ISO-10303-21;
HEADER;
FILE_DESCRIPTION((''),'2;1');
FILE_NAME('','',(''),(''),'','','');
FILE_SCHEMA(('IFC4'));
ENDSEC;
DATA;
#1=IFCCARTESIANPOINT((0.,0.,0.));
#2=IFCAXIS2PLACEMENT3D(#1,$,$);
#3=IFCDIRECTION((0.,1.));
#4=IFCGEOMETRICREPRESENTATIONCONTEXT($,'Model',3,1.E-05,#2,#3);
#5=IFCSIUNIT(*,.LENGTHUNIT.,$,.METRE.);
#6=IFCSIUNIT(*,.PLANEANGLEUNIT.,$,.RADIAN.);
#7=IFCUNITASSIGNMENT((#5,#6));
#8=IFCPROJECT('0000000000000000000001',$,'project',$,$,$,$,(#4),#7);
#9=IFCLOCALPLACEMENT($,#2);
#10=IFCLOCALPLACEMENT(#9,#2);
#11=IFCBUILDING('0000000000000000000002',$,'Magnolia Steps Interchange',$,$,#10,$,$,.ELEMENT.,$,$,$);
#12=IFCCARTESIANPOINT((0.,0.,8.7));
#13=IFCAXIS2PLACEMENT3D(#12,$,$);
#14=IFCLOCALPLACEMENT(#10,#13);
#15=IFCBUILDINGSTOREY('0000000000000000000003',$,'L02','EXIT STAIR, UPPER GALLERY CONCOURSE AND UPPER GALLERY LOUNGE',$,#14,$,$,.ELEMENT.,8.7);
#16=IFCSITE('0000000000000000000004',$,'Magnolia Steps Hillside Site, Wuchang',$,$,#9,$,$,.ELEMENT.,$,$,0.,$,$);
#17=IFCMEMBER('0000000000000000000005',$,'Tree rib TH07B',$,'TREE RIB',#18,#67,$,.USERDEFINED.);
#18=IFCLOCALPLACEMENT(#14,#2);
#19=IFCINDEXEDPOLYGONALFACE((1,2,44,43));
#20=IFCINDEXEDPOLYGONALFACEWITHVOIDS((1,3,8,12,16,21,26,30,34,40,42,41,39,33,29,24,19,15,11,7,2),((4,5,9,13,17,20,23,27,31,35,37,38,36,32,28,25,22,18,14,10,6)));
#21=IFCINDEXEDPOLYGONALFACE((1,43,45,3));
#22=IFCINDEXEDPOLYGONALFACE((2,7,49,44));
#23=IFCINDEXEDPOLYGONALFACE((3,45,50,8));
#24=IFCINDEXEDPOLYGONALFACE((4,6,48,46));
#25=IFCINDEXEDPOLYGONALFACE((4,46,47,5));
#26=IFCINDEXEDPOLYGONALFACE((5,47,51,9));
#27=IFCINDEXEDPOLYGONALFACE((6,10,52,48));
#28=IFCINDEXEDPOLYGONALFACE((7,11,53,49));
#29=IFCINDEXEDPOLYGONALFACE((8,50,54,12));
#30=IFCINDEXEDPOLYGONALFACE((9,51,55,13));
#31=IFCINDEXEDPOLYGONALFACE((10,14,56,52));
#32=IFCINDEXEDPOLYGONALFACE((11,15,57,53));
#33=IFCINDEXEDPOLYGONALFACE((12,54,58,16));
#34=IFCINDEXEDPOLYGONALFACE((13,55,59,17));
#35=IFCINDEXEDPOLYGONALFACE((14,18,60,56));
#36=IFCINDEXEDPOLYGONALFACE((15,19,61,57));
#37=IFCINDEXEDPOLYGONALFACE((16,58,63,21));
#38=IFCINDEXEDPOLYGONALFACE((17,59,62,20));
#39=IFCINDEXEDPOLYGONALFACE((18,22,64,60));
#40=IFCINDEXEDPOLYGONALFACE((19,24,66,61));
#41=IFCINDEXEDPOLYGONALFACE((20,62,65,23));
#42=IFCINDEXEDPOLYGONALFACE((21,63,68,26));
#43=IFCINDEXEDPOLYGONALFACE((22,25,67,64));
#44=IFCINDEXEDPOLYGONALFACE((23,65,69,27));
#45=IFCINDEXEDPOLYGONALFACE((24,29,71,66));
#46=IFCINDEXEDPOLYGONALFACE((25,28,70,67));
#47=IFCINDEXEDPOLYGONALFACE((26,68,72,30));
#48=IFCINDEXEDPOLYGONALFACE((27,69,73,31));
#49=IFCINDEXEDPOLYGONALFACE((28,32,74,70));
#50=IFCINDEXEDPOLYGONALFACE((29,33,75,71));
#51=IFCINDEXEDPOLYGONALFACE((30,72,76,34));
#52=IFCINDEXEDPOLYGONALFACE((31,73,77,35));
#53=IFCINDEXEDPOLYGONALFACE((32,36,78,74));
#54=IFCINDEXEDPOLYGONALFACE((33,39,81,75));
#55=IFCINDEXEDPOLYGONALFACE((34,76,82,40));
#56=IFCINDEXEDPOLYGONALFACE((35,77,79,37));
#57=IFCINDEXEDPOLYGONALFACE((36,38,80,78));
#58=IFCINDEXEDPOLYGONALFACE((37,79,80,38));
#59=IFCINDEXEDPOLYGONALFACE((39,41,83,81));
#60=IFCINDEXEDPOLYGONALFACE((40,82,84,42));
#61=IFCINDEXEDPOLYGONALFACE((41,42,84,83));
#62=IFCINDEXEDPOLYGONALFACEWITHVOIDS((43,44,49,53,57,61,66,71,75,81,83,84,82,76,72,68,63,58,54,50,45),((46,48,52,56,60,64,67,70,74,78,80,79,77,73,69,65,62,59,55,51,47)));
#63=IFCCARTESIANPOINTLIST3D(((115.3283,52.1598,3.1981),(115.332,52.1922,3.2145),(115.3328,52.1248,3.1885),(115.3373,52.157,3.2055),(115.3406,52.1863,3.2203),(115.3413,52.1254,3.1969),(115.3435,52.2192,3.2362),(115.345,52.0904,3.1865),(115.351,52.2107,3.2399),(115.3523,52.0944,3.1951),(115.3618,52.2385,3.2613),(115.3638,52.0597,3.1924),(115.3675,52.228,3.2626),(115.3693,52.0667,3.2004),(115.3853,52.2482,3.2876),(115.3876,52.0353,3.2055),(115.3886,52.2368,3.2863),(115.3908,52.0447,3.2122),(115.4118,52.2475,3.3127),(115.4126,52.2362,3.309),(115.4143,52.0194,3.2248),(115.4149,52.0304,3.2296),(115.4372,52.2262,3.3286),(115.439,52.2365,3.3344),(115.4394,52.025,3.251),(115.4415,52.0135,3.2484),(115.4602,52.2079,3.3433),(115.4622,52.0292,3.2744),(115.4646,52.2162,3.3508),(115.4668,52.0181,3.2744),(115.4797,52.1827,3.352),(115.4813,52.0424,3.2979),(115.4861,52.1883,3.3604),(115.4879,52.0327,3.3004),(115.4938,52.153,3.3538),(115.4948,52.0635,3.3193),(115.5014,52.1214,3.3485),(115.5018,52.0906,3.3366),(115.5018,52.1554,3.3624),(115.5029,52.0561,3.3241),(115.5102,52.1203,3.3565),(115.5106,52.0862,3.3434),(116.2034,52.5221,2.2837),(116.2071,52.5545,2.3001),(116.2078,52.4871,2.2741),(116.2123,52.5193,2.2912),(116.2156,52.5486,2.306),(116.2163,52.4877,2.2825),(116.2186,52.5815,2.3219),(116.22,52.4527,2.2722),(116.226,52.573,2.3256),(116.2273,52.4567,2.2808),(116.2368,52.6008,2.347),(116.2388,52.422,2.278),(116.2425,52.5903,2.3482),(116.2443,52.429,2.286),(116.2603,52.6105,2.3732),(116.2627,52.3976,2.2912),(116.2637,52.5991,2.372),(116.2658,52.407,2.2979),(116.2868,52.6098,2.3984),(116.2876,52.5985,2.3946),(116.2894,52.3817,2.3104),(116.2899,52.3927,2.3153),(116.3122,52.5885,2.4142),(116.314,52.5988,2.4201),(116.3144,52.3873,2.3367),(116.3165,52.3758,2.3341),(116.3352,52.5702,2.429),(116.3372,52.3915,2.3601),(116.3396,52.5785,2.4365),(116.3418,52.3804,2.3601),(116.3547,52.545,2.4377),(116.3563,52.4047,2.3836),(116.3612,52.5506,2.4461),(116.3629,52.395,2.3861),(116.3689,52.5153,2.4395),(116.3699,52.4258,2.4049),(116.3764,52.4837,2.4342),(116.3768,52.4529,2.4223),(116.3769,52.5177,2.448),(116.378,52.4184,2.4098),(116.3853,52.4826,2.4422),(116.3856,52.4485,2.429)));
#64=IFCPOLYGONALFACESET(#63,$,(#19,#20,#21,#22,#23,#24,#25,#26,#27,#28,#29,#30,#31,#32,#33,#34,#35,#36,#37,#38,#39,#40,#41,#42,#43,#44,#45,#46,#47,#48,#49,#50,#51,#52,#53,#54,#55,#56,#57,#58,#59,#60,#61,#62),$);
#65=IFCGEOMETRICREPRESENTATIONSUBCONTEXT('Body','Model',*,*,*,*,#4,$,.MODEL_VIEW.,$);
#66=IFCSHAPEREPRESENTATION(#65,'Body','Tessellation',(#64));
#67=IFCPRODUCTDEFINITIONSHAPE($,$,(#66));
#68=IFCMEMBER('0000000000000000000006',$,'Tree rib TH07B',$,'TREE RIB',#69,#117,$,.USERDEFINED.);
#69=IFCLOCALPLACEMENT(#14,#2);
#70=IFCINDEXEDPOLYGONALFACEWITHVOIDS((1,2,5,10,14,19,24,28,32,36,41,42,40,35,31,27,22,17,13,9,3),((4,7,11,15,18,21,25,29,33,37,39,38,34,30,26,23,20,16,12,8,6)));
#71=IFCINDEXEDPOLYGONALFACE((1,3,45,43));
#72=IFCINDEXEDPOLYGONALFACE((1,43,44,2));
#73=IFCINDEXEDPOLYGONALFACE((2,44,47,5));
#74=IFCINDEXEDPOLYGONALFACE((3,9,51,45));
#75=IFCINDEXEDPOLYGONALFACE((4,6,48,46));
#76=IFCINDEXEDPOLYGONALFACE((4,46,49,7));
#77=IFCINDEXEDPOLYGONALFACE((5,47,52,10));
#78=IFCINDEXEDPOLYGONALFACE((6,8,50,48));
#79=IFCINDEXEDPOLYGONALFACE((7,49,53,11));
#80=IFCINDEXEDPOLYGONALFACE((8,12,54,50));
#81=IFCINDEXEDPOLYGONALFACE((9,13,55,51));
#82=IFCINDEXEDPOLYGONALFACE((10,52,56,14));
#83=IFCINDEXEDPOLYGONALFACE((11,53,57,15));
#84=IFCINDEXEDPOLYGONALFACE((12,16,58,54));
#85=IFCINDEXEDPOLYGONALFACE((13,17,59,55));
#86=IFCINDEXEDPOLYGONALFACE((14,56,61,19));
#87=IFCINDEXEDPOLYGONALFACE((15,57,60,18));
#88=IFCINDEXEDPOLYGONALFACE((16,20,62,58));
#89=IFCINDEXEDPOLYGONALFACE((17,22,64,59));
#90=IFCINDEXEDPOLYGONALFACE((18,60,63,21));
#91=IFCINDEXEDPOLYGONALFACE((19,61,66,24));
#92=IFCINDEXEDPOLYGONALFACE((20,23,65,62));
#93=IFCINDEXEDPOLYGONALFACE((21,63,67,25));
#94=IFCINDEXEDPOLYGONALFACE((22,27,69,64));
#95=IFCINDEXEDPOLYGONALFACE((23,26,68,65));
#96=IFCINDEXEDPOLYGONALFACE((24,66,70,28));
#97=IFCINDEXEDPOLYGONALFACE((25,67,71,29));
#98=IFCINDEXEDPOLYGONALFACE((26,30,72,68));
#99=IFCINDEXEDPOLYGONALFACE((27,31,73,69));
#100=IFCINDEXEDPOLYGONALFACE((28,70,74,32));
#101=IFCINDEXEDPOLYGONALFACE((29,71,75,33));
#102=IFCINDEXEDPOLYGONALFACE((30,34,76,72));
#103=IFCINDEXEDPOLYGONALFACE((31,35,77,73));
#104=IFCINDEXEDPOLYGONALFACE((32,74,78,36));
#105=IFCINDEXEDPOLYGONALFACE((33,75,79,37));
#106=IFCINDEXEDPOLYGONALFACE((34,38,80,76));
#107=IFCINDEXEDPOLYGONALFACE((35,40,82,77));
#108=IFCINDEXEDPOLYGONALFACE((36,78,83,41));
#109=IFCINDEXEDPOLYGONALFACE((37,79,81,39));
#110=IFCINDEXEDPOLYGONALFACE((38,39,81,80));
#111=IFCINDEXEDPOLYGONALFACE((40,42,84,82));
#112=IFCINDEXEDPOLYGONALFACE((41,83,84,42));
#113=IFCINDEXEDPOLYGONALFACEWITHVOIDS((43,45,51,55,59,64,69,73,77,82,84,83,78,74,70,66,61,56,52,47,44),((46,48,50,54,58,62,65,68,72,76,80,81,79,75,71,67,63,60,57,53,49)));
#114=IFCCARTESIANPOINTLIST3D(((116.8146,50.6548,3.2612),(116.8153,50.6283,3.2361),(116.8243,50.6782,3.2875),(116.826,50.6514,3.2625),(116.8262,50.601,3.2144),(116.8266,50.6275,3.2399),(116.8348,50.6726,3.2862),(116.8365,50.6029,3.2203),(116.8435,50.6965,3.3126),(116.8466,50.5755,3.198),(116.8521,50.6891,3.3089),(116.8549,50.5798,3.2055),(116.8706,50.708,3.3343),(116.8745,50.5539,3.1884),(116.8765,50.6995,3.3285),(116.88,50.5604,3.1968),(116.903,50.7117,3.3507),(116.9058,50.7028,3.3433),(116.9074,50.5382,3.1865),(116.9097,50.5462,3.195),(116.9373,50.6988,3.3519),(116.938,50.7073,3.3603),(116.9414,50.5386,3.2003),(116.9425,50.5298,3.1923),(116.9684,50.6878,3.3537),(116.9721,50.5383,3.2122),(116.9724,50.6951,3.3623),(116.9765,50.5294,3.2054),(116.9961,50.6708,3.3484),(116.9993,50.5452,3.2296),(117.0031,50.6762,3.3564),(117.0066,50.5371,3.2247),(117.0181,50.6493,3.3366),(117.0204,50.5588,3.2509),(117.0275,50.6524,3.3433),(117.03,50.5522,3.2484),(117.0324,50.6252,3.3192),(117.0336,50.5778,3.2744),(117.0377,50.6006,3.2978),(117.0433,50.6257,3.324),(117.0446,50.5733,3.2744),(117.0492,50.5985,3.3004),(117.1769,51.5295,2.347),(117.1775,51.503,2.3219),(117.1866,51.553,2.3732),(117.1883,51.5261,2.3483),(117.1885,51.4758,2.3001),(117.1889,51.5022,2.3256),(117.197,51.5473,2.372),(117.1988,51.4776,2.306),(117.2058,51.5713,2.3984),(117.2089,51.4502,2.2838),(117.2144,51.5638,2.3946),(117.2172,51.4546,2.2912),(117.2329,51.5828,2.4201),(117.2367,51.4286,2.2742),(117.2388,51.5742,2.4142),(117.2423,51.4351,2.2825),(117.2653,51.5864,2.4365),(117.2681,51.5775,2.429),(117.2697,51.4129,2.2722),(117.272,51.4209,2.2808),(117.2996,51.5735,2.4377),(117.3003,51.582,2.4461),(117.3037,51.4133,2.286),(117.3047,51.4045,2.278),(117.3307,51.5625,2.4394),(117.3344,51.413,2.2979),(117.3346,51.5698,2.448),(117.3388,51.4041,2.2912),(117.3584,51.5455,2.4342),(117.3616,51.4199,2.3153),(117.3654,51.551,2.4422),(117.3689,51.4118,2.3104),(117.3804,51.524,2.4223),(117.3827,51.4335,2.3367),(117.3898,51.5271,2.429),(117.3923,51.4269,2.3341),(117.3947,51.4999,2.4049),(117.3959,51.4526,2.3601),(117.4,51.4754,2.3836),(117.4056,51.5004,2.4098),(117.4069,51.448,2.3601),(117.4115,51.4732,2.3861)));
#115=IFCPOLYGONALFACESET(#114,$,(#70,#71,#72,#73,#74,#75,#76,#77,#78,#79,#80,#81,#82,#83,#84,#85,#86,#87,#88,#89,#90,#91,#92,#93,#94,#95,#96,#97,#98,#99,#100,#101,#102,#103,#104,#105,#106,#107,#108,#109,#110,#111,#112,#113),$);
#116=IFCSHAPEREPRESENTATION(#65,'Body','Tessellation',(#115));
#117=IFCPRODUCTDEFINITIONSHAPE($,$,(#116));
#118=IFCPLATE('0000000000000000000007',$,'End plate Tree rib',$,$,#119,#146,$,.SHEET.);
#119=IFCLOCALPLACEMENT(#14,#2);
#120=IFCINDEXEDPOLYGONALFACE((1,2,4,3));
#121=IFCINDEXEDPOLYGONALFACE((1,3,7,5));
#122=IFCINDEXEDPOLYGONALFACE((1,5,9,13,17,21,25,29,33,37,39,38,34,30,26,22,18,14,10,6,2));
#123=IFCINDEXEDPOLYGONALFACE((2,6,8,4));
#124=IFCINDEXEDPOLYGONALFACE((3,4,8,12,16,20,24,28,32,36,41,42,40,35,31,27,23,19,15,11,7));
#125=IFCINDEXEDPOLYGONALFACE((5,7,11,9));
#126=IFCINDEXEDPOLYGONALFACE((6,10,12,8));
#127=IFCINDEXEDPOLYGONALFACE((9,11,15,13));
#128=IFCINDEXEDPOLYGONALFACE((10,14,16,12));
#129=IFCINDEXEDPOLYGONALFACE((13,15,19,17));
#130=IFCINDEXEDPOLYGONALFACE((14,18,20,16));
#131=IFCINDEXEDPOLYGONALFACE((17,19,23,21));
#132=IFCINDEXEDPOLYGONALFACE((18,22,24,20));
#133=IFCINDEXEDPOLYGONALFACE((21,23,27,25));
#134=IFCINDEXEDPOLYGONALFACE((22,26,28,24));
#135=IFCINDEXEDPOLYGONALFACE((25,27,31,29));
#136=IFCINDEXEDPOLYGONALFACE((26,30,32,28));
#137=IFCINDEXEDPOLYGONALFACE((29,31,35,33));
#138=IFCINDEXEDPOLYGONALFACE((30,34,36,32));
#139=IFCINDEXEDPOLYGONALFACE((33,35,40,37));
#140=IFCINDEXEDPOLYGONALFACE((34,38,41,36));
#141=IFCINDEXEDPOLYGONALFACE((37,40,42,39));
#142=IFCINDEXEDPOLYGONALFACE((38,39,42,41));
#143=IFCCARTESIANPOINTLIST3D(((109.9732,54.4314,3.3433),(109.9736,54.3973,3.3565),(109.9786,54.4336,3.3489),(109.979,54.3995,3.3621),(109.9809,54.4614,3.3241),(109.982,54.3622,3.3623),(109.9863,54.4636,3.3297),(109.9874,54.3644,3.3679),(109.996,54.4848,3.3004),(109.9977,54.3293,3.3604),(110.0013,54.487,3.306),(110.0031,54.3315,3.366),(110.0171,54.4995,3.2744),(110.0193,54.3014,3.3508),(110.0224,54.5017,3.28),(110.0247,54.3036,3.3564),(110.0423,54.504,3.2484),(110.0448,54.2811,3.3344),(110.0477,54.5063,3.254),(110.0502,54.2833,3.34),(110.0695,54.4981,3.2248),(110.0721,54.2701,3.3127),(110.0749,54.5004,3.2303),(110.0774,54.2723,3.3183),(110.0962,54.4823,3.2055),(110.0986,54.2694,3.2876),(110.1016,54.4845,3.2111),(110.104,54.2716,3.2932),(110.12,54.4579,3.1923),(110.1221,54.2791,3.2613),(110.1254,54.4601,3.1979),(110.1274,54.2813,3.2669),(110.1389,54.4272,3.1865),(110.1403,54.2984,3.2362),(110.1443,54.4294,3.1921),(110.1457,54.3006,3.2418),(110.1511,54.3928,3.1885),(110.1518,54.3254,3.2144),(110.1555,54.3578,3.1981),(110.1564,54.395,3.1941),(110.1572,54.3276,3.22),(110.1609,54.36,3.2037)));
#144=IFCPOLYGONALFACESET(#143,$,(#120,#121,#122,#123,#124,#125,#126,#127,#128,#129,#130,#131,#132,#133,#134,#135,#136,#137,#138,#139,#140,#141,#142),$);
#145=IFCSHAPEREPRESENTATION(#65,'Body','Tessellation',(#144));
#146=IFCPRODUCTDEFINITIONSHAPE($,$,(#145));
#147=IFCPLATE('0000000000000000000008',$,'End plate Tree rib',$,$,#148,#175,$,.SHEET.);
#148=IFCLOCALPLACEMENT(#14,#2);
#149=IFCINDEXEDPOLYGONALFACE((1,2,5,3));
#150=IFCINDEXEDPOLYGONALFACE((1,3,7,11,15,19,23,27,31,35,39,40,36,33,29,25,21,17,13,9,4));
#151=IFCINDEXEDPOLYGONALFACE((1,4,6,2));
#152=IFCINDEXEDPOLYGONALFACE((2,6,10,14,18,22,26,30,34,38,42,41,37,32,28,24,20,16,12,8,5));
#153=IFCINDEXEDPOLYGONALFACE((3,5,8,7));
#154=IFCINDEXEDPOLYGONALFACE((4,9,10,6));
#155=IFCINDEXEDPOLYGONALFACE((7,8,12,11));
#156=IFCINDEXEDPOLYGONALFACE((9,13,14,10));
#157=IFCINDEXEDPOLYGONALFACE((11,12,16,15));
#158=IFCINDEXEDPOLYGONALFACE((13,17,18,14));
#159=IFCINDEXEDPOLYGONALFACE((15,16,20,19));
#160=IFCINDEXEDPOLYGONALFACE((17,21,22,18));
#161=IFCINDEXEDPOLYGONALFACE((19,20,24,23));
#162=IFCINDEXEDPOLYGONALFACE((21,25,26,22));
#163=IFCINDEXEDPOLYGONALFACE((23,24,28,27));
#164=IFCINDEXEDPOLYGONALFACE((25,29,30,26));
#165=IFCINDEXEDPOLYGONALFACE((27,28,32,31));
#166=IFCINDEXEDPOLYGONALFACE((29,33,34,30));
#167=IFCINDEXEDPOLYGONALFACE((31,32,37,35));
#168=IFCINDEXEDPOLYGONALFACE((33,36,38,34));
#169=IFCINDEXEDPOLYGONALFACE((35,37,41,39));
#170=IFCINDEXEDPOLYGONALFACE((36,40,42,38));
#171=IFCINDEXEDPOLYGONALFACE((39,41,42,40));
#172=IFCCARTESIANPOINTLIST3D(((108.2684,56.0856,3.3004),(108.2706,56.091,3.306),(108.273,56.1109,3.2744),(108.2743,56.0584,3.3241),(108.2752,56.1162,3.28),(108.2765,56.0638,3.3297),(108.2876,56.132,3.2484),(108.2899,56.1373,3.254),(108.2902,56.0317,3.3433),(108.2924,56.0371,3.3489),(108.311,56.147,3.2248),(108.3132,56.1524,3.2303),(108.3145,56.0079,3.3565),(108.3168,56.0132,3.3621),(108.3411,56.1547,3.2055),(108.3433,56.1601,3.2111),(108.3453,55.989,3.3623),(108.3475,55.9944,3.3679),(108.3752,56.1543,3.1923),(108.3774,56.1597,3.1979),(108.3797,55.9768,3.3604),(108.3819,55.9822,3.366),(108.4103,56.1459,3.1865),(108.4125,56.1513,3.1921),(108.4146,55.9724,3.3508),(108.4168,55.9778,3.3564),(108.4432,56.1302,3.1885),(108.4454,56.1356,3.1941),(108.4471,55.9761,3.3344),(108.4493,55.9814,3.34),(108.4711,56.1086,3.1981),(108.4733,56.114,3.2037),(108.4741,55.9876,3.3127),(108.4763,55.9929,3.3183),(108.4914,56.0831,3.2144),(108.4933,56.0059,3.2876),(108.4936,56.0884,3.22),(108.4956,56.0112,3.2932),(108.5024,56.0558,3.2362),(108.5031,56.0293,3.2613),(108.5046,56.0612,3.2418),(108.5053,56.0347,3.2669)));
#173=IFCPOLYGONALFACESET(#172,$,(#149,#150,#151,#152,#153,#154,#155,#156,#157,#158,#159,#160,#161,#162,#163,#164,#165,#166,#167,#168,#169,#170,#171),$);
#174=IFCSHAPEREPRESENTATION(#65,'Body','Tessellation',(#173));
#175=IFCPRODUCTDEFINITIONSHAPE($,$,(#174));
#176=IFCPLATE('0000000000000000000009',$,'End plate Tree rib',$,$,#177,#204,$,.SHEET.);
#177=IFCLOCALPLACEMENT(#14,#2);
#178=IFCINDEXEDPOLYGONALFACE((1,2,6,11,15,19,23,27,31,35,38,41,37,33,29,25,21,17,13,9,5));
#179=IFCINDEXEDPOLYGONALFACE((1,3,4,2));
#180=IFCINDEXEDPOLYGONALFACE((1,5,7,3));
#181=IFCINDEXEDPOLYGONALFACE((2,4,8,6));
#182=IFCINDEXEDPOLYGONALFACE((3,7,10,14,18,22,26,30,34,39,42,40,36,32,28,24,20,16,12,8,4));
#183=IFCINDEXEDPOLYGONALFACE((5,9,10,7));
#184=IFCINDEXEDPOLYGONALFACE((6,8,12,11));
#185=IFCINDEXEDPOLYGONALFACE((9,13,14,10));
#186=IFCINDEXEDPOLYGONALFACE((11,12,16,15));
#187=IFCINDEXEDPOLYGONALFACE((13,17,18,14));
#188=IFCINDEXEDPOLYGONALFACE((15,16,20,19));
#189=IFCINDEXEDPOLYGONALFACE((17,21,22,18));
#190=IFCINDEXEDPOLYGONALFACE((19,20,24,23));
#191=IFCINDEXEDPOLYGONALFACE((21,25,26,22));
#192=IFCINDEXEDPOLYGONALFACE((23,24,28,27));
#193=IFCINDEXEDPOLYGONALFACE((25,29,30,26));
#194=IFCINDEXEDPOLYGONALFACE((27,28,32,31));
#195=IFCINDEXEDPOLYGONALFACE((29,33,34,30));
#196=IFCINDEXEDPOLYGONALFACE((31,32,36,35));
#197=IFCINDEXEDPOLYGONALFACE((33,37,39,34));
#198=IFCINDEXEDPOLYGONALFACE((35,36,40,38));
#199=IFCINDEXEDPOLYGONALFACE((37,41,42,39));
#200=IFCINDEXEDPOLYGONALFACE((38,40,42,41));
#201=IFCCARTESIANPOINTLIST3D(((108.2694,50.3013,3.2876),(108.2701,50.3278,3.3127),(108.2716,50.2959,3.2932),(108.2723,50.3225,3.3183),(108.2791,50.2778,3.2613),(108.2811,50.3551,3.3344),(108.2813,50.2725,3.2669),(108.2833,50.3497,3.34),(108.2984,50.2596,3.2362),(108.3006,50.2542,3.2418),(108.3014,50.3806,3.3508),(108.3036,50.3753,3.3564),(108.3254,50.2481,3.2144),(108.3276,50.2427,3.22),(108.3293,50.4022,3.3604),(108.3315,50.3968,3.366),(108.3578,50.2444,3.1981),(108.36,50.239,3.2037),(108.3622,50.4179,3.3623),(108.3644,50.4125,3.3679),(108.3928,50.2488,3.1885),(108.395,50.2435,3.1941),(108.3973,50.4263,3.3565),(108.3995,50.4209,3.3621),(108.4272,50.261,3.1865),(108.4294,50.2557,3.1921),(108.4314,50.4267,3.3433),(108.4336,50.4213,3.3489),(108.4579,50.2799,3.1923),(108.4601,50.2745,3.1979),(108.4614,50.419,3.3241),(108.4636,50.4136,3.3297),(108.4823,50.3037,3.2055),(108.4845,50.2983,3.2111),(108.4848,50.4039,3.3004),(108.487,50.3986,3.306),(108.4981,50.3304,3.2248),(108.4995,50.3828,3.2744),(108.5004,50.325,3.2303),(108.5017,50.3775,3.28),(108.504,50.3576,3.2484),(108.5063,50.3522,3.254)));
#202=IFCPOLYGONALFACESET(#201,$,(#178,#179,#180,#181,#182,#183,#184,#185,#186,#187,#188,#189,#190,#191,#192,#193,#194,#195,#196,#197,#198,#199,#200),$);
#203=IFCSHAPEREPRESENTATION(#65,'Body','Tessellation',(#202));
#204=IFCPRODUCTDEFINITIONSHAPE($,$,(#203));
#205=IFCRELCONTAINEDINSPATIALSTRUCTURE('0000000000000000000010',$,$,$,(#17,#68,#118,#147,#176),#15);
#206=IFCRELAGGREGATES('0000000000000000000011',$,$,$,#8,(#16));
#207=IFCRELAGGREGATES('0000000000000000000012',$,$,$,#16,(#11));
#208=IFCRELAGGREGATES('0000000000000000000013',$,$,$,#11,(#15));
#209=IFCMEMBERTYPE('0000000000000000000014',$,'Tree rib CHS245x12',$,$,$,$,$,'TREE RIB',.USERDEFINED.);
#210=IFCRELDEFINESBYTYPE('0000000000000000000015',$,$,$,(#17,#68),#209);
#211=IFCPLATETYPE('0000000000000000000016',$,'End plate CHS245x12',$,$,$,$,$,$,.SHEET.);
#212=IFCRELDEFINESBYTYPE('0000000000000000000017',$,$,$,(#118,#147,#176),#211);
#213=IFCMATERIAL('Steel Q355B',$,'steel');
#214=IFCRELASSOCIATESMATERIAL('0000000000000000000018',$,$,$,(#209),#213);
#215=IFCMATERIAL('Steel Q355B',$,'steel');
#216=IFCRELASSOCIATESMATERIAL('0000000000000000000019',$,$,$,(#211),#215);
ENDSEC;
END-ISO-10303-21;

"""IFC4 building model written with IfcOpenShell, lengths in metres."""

from ifc_helpers import new_model, si_unit, direction, frame, origin, origin_2d, place, context, subcontext, project, spatial, circle, hollow_circle, extrude, material, material_profile, profile_set, type_object, element, save


model = new_model("IFC4")

# Units and contexts
model_context = context("Model", 3, precision=1e-05, world=origin(), true_north=direction((0.0, 1.0)))
body_context = subcontext(model_context, "Body", "Model", "MODEL_VIEW")
ifc_project = project(units=[si_unit("LENGTHUNIT", "METRE"), si_unit("PLANEANGLEUNIT", "RADIAN")], contexts=[model_context])

# Site, building, storey
site_placement = place(None, origin())
site = spatial("IfcSite", under=ifc_project, at=site_placement, Name="Magnolia Steps Hillside Site, Wuchang", CompositionType="ELEMENT", RefElevation=0.0)
building_placement = place(site_placement, origin())
building = spatial("IfcBuilding", under=site, at=building_placement, Name="Magnolia Steps Interchange", CompositionType="ELEMENT")
storey_placement = place(building_placement, frame((0.0, 0.0, 8.7)))
storey = spatial("IfcBuildingStorey", under=building, at=storey_placement, Name="L02", Description="EXIT STAIR, UPPER GALLERY CONCOURSE AND UPPER GALLERY LOUNGE", CompositionType="ELEMENT", Elevation=8.7)

# Members
ifc_material_1 = material(Name="Steel Q355B", Category="steel")
ifc_material_profile_1 = material_profile(ifc_material_1, hollow_circle(Radius=0.1226, WallThickness=0.012, at=origin_2d()), Name="CHS245x12")
ifc_profile_set_1 = profile_set([ifc_material_profile_1], Name="Steel Q355B")
member_type = type_object("IfcMemberType", Name="Tree rib CHS245x12", ElementType="TREE RIB", PredefinedType="USERDEFINED", material=ifc_profile_set_1)
member_1_placement = place(storey_placement, frame((116.2949, 52.4937, 2.3601), z_axis=(-0.664704, -0.275229, 0.694563), x_axis=(0.382564, -0.923929, 0.0)))
element("IfcMember", 1, at=member_1_placement, inside=storey, type_object=member_type, Name="Tree rib TH07B", ObjectType="TREE RIB", PredefinedType="USERDEFINED", context=body_context, shape_type="SweptSolid", body=[
    extrude(hollow_circle(Radius=0.1226, WallThickness=0.012, at=origin_2d()), origin(), (0.0, 0.0, 1.0), 1.3164),
])
member_2_placement = place(storey_placement, frame((117.2937, 51.4949, 2.3601), z_axis=(-0.275263, -0.6646, 0.694649), x_axis=(0.923891, -0.382655, 0.0)))
element("IfcMember", 2, at=member_2_placement, inside=storey, type_object=member_type, Name="Tree rib TH07B", ObjectType="TREE RIB", PredefinedType="USERDEFINED", context=body_context, shape_type="SweptSolid", body=[
    extrude(hollow_circle(Radius=0.1226, WallThickness=0.012, at=origin_2d()), origin(), (0.0, 0.0, 1.0), 1.3162),
])

# Plates
ifc_material_2 = material(Name="Steel Q355B", Category="steel")
ifc_material_profile_2 = material_profile(ifc_material_2, circle(Radius=0.1226, at=origin_2d()), Name="End plate CHS245x12")
ifc_profile_set_2 = profile_set([ifc_material_profile_2], Name="Steel Q355B")
plate_type = type_object("IfcPlateType", Name="End plate CHS245x12", PredefinedType="SHEET", material=ifc_profile_set_2)
for number, where, z_axis, x_axis, name in (
    (3, (110.064, 54.3862, 3.2744), (0.664583, 0.275279, 0.694658), (-0.382683, 0.92388, 0.0), "End plate Tree rib"),
    (4, (108.3862, 56.064, 3.2744), (0.275279, 0.664583, 0.694658), (-0.92388, 0.382683, 0.0), "End plate Tree rib"),
    (5, (108.3862, 50.3359, 3.2744), (0.275279, -0.664583, 0.694658), (0.92388, 0.382683, 0.0), "End plate Tree rib"),
):
    element("IfcPlate", number, at=place(storey_placement, frame(where, z_axis=z_axis, x_axis=x_axis)), inside=storey, type_object=plate_type, Name=name, PredefinedType="SHEET", context=body_context, shape_type="SweptSolid", body=[
        extrude(circle(Radius=0.1226, at=origin_2d()), origin(), (0.0, 0.0, 1.0), 0.0081),
    ])

save(model, "model.ifc")
